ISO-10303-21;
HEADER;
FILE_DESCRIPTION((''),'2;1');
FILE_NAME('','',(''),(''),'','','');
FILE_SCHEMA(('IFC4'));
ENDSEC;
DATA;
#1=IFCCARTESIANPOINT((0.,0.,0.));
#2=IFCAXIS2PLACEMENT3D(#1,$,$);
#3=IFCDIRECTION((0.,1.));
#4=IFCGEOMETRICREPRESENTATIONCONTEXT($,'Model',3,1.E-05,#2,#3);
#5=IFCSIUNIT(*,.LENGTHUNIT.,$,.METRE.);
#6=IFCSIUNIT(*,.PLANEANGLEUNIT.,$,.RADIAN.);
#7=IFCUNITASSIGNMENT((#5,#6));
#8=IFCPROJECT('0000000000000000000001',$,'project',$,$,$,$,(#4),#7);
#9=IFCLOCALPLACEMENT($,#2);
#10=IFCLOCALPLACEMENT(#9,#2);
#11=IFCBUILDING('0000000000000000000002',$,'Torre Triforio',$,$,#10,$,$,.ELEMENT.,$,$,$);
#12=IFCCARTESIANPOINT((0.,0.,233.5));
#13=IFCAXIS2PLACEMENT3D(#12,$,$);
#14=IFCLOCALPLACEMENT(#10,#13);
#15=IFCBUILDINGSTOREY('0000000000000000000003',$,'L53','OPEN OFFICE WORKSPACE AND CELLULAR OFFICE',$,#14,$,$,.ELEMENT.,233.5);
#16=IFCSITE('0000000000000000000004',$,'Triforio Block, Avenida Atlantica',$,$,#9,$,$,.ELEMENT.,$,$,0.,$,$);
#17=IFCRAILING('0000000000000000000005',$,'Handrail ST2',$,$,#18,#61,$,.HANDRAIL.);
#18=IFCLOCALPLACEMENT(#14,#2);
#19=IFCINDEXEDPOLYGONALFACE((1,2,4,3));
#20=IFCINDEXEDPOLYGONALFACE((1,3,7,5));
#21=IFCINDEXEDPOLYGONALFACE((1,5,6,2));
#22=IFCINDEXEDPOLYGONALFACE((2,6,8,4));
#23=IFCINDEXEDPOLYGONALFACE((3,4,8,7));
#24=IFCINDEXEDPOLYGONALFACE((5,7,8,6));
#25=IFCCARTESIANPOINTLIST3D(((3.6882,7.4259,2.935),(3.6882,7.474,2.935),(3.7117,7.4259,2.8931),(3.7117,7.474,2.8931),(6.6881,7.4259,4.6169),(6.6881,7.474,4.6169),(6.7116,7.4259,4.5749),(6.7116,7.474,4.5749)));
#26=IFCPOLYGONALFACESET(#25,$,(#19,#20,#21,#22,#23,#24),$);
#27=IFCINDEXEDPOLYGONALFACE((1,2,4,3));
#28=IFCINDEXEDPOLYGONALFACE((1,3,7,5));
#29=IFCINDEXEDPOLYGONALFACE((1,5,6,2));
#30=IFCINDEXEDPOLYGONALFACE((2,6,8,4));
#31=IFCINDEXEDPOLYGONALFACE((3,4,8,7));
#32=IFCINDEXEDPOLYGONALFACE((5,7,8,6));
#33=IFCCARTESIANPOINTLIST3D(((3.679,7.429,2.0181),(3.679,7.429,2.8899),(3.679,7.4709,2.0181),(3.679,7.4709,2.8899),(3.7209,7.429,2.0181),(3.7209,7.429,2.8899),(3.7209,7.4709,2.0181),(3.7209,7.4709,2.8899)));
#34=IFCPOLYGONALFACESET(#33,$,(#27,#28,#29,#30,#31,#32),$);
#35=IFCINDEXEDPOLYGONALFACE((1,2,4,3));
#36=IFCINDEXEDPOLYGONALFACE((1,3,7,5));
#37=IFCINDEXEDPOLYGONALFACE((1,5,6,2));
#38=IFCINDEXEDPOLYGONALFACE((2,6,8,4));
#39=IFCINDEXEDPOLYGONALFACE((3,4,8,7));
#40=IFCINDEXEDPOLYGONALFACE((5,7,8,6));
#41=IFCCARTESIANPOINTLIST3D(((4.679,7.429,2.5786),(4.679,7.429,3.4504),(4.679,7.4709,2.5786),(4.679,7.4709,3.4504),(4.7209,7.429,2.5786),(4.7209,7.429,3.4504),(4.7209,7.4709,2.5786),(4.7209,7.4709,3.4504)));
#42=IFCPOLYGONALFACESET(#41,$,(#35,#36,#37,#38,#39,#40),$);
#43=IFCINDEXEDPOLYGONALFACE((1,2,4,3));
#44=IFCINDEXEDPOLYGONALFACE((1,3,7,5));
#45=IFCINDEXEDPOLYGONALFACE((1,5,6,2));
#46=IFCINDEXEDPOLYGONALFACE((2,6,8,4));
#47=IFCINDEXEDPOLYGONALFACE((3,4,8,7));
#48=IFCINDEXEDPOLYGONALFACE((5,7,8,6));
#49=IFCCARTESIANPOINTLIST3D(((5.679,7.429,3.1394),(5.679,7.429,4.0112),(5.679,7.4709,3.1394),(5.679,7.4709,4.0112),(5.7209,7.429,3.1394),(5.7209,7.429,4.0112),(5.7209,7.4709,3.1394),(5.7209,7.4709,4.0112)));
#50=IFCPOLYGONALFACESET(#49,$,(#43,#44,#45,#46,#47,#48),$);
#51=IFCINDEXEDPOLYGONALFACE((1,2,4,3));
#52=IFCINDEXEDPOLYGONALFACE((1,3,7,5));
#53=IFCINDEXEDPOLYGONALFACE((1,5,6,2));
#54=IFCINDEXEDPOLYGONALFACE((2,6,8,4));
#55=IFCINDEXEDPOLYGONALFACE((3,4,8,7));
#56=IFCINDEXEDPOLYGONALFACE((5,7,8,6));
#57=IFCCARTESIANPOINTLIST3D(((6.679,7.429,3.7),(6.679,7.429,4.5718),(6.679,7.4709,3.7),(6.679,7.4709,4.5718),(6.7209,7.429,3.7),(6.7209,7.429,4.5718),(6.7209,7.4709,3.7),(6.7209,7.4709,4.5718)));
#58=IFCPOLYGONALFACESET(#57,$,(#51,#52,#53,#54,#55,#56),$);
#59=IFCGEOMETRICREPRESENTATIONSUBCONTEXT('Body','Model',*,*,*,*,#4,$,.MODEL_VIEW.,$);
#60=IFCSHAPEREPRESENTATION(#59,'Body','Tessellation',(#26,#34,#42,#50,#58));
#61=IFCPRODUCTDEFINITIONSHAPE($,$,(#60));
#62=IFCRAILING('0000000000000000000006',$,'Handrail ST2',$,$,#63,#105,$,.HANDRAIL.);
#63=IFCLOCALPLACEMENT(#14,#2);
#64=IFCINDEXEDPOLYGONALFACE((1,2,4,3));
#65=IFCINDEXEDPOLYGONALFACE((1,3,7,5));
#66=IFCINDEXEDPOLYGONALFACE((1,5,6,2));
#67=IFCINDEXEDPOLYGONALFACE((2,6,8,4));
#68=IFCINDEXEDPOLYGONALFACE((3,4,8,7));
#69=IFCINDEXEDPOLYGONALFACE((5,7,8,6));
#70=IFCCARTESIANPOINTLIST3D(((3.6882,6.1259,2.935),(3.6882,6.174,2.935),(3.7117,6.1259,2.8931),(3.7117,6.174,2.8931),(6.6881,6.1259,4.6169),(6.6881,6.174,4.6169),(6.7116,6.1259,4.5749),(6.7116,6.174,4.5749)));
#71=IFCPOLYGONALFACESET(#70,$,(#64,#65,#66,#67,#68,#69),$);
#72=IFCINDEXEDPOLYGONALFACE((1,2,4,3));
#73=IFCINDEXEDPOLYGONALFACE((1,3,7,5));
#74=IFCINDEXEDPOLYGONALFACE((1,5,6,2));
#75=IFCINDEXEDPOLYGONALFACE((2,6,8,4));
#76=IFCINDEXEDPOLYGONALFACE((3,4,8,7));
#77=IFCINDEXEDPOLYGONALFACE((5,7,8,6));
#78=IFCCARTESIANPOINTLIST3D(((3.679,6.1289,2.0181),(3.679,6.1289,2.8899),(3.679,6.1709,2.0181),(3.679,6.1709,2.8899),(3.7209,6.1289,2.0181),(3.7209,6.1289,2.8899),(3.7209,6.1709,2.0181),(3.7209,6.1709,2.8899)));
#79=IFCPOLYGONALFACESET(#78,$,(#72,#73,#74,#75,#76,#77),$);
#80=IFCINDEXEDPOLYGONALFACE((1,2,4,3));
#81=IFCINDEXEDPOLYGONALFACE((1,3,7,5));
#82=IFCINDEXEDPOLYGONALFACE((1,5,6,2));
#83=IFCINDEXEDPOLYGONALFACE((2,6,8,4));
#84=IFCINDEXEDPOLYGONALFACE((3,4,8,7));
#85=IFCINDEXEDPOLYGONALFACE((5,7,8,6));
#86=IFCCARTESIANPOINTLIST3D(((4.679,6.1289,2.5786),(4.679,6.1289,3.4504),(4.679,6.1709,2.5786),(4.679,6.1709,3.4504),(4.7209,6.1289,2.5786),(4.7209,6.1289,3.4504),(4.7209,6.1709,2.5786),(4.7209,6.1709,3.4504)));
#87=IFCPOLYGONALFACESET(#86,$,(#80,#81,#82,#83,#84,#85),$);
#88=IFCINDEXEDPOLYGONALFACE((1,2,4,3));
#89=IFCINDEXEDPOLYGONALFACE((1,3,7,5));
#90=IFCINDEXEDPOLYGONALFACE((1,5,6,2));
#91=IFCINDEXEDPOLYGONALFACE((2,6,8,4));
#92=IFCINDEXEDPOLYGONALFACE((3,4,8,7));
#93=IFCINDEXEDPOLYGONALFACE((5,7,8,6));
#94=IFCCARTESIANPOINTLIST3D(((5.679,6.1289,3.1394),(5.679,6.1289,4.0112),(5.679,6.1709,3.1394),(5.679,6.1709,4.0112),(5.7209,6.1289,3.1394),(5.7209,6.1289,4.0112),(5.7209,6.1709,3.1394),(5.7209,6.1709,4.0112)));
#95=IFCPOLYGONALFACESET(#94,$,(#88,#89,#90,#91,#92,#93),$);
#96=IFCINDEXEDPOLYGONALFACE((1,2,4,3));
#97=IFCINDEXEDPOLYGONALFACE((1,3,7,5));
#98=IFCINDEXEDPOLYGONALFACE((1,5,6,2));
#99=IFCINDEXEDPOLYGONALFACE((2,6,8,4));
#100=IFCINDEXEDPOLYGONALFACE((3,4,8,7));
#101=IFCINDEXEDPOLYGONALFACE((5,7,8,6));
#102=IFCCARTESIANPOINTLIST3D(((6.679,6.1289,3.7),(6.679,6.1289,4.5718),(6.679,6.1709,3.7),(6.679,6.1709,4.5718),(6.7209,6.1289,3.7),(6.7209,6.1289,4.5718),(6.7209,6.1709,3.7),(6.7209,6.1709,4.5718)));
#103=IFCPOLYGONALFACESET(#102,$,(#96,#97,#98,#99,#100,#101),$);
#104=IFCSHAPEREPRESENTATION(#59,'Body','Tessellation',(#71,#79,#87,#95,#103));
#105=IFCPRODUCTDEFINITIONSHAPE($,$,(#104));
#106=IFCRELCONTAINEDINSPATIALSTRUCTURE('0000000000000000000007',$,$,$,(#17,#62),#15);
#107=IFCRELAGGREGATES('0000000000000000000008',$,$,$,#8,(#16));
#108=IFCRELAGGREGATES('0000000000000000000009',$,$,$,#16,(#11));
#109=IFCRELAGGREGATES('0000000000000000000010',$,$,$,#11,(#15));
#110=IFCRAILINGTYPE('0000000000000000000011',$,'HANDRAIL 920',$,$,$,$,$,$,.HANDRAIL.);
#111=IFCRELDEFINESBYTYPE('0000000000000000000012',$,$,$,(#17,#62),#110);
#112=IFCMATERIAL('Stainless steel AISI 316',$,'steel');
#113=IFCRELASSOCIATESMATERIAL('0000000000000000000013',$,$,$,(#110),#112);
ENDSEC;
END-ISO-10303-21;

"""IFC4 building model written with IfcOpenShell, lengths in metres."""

from ifc_helpers import new_model, si_unit, direction, frame, origin, origin_2d, place, context, subcontext, project, spatial, rectangle, extrude, material, type_object, element, save


model = new_model("IFC4")

# Units and contexts
model_context = context("Model", 3, precision=1e-05, world=origin(), true_north=direction((0.0, 1.0)))
body_context = subcontext(model_context, "Body", "Model", "MODEL_VIEW")
ifc_project = project(units=[si_unit("LENGTHUNIT", "METRE"), si_unit("PLANEANGLEUNIT", "RADIAN")], contexts=[model_context])

# Site, building, storey
site_placement = place(None, origin())
site = spatial("IfcSite", under=ifc_project, at=site_placement, Name="Triforio Block, Avenida Atlantica", CompositionType="ELEMENT", RefElevation=0.0)
building_placement = place(site_placement, origin())
building = spatial("IfcBuilding", under=site, at=building_placement, Name="Torre Triforio", CompositionType="ELEMENT")
storey_placement = place(building_placement, frame((0.0, 0.0, 233.5)))
storey = spatial("IfcBuildingStorey", under=building, at=storey_placement, Name="L53", Description="OPEN OFFICE WORKSPACE AND CELLULAR OFFICE", CompositionType="ELEMENT", Elevation=233.5)

# Railings
ifc_material_1 = material(Name="Stainless steel AISI 316", Category="steel")
railing_type = type_object("IfcRailingType", Name="HANDRAIL 920", PredefinedType="HANDRAIL", material=ifc_material_1)
for number, where, name in (
    (1, (3.7, 7.45, 2.0181), "Handrail ST2"),
    (2, (3.7, 6.1499, 2.0181), "Handrail ST2"),
):
    element("IfcRailing", number, at=place(storey_placement, frame(where)), inside=storey, type_object=railing_type, Name=name, PredefinedType="HANDRAIL", context=body_context, shape_type="SweptSolid", body=[
        extrude(rectangle(XDim=0.0481, YDim=0.0481, at=origin_2d()), frame((0.0, 0.0, 0.896), z_axis=(0.872272, 0.0, 0.48902), x_axis=(0.0, 1.0, 0.0)), (0.0, 0.0, 1.0), 3.4392),
        extrude(rectangle(XDim=0.042, YDim=0.042, at=origin_2d()), origin(), (0.0, 0.0, 1.0), 0.8718),
        extrude(rectangle(XDim=0.042, YDim=0.042, at=origin_2d()), frame((1.0, 0.0, 0.5605)), (0.0, 0.0, 1.0), 0.8718),
        extrude(rectangle(XDim=0.042, YDim=0.042, at=origin_2d()), frame((2.0, 0.0, 1.1213)), (0.0, 0.0, 1.0), 0.8718),
        extrude(rectangle(XDim=0.042, YDim=0.042, at=origin_2d()), frame((3.0, 0.0, 1.6819)), (0.0, 0.0, 1.0), 0.8718),
    ])

save(model, "model.ifc")
